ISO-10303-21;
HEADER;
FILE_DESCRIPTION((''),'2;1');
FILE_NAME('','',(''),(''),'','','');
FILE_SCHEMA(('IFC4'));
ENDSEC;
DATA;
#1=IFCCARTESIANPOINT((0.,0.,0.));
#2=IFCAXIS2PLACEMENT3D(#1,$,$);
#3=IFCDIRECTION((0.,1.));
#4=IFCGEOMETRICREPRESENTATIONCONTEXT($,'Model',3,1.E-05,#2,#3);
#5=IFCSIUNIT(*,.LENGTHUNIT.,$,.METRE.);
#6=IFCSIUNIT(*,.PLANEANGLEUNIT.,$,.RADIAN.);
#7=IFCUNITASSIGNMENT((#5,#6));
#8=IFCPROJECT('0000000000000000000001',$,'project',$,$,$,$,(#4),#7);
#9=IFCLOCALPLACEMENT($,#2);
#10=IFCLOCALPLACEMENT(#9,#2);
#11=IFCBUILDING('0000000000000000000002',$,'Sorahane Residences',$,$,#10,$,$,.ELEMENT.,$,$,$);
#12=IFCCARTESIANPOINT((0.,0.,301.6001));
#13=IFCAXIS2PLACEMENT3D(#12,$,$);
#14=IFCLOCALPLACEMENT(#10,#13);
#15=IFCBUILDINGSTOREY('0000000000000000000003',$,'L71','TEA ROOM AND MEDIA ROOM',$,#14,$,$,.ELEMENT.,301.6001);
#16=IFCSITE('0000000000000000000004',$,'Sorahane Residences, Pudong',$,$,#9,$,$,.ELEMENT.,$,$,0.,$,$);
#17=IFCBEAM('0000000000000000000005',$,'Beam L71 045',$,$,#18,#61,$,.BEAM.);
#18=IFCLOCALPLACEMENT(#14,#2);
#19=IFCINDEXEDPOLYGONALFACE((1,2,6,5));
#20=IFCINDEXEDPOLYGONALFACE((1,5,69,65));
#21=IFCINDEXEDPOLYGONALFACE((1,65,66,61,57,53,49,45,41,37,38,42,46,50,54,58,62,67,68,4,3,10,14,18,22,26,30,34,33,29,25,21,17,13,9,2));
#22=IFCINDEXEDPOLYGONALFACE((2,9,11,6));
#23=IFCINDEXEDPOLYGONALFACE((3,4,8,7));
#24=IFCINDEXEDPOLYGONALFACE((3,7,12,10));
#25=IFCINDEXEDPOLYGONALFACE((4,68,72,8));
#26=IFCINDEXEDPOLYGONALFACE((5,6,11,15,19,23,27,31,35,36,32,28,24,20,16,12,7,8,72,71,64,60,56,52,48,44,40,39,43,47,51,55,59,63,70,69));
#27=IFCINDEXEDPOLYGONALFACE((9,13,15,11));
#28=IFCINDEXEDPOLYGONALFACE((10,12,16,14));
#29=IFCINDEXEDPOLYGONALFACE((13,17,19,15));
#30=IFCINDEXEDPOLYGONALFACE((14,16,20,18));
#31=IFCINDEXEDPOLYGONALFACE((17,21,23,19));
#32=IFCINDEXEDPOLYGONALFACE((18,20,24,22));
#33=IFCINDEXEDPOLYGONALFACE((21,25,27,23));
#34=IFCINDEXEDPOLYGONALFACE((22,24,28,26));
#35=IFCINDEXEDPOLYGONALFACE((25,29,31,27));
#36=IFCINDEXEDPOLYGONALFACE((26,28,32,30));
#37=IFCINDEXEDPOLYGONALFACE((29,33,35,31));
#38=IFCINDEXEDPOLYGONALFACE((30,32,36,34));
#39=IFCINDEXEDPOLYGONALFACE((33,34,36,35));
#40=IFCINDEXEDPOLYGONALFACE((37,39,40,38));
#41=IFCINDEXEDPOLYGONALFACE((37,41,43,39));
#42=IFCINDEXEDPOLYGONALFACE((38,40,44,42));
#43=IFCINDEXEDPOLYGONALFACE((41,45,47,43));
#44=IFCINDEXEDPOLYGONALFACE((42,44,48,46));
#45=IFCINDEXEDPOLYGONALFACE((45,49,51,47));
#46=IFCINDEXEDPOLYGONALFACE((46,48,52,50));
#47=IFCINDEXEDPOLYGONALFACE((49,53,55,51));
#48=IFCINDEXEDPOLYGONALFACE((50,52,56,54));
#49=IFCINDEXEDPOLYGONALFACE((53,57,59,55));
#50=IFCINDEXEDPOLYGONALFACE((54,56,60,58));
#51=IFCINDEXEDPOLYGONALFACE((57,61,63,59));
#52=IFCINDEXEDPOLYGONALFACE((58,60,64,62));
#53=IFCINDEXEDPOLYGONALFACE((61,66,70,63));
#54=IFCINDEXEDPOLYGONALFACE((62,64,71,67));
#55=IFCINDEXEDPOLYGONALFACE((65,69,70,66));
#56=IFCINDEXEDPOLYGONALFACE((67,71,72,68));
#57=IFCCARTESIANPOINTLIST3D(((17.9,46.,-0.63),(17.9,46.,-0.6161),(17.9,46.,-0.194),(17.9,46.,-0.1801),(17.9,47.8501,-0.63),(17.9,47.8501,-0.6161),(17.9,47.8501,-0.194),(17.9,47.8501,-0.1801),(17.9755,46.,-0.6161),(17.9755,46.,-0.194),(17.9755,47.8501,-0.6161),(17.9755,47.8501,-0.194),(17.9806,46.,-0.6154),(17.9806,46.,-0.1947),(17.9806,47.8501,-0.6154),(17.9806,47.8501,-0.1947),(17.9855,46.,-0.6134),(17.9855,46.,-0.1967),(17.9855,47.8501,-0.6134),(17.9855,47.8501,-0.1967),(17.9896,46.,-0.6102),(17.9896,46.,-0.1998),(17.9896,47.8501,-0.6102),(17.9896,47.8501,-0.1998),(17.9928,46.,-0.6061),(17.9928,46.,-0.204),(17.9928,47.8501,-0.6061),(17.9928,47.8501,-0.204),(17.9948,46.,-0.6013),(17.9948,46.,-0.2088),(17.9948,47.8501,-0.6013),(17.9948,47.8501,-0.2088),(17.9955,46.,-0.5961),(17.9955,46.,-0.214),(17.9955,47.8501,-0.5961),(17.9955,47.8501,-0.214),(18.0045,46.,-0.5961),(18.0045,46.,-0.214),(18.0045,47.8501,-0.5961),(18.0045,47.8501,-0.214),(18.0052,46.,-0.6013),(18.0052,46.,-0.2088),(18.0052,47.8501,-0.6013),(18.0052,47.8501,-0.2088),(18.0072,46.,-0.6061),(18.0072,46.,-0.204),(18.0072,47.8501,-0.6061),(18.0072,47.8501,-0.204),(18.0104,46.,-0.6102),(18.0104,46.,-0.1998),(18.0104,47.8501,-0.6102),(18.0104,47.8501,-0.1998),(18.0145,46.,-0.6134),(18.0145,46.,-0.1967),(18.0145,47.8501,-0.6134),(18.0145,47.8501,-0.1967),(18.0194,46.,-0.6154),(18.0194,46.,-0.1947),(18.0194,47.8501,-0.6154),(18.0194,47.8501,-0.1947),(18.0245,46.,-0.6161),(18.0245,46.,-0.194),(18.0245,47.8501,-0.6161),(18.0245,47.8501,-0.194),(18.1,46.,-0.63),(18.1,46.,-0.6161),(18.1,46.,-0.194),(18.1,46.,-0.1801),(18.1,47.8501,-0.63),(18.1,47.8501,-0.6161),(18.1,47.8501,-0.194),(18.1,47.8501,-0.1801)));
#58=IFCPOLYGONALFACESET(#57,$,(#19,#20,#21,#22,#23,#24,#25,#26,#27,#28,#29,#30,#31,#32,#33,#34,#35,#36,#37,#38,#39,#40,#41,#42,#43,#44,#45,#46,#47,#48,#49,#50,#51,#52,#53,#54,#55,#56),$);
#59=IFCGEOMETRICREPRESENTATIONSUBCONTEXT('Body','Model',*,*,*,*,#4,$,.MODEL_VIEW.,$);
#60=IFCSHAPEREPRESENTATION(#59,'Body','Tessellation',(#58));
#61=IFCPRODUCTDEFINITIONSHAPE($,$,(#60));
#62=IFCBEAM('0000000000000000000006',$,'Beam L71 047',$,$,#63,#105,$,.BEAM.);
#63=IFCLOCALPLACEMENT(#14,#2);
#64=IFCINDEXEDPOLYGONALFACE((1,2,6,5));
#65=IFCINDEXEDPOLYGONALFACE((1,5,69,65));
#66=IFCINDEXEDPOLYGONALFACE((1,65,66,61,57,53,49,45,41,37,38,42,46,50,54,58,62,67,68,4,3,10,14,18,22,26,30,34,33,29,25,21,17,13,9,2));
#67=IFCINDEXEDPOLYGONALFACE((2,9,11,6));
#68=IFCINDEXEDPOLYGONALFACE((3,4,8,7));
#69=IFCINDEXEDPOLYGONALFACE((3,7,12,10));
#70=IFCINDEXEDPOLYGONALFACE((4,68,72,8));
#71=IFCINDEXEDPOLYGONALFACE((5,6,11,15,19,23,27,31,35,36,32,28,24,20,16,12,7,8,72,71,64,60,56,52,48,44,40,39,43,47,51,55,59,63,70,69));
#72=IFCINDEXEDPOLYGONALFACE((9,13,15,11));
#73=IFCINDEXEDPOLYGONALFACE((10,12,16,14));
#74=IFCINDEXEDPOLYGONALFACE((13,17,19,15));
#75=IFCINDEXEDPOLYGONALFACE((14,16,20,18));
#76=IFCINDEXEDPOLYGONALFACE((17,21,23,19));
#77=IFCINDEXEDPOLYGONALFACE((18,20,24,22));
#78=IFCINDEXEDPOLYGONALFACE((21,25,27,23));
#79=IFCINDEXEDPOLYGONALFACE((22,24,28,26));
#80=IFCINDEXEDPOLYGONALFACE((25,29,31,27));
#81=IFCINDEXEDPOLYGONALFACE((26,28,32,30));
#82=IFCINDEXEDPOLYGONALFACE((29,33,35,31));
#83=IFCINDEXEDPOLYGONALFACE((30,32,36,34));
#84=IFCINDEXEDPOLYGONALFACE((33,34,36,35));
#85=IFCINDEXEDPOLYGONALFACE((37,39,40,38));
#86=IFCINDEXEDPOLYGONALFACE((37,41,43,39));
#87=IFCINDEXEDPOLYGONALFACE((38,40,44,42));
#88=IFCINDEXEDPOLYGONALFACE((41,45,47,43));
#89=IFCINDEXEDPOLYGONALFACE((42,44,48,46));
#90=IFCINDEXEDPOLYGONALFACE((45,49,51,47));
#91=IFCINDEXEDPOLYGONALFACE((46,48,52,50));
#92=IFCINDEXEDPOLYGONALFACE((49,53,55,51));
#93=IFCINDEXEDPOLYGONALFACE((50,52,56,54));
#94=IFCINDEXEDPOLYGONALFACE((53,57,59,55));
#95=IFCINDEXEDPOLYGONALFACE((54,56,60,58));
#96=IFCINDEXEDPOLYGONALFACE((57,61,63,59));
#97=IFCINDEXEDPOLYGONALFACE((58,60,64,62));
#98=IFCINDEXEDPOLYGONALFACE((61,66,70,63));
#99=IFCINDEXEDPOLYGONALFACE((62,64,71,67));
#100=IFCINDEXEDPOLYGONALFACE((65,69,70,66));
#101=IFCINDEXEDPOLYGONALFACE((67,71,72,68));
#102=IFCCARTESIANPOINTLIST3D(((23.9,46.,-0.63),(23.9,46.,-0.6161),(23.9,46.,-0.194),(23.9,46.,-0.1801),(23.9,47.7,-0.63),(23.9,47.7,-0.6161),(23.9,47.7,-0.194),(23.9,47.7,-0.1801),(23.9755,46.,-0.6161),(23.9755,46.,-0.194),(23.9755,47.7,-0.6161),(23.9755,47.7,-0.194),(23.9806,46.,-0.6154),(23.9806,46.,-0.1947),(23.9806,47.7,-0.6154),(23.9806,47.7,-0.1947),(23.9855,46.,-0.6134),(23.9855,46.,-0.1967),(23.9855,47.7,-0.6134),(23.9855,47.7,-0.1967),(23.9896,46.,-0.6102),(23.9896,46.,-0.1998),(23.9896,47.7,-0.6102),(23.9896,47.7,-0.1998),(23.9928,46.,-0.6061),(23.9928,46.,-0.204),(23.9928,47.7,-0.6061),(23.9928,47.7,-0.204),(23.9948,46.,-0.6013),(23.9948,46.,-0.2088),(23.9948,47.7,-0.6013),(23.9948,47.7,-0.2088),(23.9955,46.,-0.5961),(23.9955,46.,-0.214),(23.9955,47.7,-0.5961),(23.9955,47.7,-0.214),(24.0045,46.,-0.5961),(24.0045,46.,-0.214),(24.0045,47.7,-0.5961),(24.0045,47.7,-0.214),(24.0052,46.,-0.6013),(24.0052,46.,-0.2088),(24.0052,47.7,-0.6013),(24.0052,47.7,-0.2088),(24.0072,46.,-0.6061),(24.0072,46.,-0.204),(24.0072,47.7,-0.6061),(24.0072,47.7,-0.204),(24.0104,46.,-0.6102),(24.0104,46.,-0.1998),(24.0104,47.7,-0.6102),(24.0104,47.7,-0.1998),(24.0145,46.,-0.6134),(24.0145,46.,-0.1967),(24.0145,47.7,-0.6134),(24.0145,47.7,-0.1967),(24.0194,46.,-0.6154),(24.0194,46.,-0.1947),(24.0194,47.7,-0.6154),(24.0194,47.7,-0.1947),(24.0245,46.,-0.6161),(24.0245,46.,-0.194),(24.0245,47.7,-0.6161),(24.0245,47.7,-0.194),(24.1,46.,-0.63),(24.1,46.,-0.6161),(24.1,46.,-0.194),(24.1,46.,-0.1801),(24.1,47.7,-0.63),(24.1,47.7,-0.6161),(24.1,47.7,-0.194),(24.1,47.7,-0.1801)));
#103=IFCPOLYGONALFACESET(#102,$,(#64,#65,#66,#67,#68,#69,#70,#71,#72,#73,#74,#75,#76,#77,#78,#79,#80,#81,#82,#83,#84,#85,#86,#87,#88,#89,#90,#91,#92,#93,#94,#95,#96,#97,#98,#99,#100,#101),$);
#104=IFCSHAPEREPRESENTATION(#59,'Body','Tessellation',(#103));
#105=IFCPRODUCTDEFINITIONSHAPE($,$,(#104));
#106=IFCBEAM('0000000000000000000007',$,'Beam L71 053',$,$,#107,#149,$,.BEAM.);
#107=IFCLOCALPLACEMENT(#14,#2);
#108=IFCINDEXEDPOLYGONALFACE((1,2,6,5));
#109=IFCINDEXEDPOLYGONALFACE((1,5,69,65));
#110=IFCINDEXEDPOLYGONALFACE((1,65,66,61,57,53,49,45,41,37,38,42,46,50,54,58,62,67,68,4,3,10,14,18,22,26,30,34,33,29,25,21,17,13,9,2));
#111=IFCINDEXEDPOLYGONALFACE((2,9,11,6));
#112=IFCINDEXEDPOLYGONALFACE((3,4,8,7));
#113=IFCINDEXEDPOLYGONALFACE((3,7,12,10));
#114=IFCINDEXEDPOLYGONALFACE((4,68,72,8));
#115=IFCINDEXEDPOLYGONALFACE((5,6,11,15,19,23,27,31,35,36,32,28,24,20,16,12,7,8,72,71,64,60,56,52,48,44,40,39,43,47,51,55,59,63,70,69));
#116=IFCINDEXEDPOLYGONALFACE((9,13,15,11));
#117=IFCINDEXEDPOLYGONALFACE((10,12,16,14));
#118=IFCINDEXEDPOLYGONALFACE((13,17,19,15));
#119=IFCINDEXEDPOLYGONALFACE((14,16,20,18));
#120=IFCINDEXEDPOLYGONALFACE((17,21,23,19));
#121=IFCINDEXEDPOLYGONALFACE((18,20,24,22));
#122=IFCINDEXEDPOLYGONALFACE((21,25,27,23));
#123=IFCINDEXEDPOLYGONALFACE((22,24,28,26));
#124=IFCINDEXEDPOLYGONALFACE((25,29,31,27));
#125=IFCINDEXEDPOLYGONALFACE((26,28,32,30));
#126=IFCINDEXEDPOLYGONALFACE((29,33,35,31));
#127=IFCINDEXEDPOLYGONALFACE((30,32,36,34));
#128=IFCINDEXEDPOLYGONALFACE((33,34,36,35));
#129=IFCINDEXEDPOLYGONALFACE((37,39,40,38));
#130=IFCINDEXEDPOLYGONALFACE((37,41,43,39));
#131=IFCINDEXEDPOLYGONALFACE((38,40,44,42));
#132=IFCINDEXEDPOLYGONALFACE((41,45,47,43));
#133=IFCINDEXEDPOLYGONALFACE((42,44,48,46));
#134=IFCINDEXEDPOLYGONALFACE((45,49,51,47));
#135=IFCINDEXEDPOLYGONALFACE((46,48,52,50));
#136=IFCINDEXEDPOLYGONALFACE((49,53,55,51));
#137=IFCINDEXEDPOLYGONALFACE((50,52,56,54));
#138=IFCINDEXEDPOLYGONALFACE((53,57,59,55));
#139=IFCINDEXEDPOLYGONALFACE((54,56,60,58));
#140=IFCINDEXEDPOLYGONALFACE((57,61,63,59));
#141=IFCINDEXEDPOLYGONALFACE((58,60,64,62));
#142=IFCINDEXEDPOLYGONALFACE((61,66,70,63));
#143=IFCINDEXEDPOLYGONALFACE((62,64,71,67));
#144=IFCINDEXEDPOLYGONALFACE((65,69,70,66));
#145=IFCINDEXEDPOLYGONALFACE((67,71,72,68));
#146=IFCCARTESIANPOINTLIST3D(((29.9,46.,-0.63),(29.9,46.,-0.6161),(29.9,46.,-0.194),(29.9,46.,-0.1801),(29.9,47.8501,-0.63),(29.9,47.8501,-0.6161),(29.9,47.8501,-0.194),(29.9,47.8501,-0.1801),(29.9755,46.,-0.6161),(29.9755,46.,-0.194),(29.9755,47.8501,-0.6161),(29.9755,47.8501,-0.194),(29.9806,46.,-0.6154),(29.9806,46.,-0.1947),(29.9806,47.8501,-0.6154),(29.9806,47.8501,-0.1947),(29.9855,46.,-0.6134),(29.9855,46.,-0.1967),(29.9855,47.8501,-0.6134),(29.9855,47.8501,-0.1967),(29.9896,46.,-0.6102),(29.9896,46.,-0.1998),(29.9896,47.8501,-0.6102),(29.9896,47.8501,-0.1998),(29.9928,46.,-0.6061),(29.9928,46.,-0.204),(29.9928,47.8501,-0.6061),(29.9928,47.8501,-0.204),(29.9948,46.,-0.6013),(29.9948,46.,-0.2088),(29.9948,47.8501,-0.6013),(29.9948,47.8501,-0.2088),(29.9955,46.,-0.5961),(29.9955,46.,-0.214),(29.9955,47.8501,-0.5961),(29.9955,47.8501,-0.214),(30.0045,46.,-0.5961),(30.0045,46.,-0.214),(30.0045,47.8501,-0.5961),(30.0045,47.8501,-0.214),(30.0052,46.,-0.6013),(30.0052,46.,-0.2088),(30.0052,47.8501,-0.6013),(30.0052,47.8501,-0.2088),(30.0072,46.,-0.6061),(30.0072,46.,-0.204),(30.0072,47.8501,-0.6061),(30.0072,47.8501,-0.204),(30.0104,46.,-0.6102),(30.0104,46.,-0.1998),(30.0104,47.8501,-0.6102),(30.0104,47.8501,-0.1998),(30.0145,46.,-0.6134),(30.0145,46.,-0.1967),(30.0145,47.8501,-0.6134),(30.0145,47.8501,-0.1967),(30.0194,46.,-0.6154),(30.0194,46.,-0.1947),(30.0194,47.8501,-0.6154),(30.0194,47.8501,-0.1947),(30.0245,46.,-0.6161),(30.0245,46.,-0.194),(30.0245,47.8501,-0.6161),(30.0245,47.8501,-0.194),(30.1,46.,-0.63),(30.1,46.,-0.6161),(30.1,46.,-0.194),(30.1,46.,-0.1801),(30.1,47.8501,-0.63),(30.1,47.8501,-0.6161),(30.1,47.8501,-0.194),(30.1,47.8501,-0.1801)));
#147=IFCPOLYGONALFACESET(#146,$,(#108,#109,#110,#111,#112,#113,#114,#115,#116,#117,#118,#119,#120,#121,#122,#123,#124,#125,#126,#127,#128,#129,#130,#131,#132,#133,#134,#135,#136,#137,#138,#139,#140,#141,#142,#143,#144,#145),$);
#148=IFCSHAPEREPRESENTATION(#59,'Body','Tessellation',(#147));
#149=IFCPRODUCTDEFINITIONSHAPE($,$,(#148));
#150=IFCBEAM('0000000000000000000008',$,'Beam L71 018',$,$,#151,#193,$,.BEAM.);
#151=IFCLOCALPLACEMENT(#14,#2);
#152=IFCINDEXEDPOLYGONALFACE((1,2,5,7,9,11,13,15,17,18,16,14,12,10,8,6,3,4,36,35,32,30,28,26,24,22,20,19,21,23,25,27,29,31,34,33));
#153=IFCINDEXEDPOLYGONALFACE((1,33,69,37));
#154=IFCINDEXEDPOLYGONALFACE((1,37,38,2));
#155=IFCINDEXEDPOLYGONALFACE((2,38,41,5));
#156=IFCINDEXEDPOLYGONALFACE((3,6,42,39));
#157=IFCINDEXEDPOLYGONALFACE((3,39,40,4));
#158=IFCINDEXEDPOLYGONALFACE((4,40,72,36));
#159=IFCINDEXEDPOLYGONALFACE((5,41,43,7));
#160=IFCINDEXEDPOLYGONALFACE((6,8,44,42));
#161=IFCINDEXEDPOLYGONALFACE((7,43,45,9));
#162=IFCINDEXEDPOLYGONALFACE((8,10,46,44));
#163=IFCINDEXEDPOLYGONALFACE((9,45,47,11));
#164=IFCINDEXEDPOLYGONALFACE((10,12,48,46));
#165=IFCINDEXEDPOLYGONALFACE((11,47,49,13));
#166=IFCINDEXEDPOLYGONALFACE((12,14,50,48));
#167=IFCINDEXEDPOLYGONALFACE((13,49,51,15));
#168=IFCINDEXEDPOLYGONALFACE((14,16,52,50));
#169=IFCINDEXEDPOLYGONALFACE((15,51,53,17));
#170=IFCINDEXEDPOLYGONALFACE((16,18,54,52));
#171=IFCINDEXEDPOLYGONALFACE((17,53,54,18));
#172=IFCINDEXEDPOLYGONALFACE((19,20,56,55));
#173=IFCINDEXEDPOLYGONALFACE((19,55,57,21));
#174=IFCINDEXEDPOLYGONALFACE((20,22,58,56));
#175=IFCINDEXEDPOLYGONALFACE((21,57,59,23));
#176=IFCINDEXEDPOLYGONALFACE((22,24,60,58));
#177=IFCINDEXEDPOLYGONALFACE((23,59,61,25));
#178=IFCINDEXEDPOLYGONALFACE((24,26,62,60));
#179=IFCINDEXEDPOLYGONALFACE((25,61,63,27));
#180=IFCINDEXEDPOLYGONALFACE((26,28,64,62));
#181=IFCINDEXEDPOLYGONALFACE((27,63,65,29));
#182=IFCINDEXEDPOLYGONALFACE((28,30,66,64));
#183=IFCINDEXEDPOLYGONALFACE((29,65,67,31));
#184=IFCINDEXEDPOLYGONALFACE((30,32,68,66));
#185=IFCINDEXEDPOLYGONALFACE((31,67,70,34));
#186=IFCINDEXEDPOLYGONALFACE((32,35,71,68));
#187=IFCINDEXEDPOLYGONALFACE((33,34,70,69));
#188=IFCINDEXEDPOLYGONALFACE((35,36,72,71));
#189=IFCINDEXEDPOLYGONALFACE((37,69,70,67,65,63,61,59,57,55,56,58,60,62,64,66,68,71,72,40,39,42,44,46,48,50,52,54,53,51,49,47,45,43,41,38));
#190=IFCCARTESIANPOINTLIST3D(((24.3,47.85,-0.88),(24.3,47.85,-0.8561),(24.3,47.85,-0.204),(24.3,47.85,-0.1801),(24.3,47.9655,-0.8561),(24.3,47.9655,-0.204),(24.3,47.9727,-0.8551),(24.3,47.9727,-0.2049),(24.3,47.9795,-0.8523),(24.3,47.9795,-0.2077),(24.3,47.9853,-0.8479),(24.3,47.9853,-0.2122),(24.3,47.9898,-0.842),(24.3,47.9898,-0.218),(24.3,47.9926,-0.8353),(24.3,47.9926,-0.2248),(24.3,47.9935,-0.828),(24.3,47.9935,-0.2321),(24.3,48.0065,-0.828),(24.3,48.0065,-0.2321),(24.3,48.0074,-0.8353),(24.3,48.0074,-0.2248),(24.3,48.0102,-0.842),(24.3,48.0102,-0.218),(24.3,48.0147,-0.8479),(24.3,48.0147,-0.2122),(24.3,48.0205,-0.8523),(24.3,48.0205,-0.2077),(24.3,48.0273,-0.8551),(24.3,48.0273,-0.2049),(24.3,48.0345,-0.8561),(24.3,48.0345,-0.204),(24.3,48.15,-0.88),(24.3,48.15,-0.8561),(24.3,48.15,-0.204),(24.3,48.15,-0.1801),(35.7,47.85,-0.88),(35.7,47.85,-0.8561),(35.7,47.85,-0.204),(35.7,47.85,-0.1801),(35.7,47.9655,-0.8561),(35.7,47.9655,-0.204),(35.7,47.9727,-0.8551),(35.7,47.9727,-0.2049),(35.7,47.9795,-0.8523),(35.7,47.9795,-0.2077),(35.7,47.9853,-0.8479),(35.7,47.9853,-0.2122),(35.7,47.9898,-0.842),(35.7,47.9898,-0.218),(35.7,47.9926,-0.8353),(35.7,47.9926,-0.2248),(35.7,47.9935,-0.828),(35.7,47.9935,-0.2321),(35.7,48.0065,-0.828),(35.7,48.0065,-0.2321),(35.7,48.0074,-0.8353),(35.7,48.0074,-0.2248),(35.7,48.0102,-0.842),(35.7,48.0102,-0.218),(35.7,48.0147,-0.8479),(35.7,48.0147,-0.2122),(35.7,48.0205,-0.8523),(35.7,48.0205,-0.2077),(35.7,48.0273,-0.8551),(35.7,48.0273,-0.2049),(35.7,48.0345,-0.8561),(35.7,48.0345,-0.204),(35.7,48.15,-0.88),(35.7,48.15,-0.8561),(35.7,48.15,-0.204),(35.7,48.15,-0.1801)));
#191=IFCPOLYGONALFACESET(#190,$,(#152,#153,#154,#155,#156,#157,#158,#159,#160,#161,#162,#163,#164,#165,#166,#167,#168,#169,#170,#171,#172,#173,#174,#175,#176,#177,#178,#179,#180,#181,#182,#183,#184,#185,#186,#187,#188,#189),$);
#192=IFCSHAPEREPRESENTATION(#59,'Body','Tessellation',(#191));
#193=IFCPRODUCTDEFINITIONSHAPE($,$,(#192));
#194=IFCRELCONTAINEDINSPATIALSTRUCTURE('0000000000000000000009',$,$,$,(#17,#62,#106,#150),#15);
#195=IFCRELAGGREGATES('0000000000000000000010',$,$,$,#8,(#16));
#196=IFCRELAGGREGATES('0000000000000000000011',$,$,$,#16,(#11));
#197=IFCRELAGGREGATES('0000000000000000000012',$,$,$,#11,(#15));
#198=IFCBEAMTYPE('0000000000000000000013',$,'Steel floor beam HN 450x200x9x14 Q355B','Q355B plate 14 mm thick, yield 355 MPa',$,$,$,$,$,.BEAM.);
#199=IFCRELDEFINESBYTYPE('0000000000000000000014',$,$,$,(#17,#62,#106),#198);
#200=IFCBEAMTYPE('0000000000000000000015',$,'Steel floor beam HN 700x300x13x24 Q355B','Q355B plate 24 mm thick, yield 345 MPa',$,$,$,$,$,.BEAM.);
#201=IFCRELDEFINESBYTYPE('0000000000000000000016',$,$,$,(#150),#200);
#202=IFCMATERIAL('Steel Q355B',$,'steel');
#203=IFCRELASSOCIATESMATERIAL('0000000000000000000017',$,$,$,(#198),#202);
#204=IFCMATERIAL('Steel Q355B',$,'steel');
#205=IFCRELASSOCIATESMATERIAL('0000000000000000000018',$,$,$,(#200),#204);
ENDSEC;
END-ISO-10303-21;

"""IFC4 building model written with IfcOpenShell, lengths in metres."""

from ifc_helpers import new_model, si_unit, direction, frame, origin, origin_2d, place, context, subcontext, project, spatial, i_section, extrude, material, material_profile, profile_set, type_object, element, save


model = new_model("IFC4")

# Units and contexts
model_context = context("Model", 3, precision=1e-05, world=origin(), true_north=direction((0.0, 1.0)))
body_context = subcontext(model_context, "Body", "Model", "MODEL_VIEW")
ifc_project = project(units=[si_unit("LENGTHUNIT", "METRE"), si_unit("PLANEANGLEUNIT", "RADIAN")], contexts=[model_context])

# Site, building, storey
site_placement = place(None, origin())
site = spatial("IfcSite", under=ifc_project, at=site_placement, Name="Sorahane Residences, Pudong", CompositionType="ELEMENT", RefElevation=0.0)
building_placement = place(site_placement, origin())
building = spatial("IfcBuilding", under=site, at=building_placement, Name="Sorahane Residences", CompositionType="ELEMENT")
storey_placement = place(building_placement, frame((0.0, 0.0, 301.6001)))
storey = spatial("IfcBuildingStorey", under=building, at=storey_placement, Name="L71", Description="TEA ROOM AND MEDIA ROOM", CompositionType="ELEMENT", Elevation=301.6001)

# Beams
ifc_material_1 = material(Name="Steel Q355B", Category="steel")
ifc_material_profile_1 = material_profile(ifc_material_1, i_section(OverallWidth=0.2, OverallDepth=0.45, WebThickness=0.009, FlangeThickness=0.0139, FilletRadius=0.02, at=origin_2d()), Name="HN 450x200x9x14")
ifc_profile_set_1 = profile_set([ifc_material_profile_1], Name="Steel Q355B")
beam_type_1 = type_object("IfcBeamType", Name="Steel floor beam HN 450x200x9x14 Q355B", Description="Q355B plate 14 mm thick, yield 355 MPa", PredefinedType="BEAM", material=ifc_profile_set_1)
beam_1_placement = place(storey_placement, frame((18.0, 46.0, -0.405), z_axis=(0.0, 1.0, 0.0), x_axis=(-1.0, 0.0, 0.0)))
element("IfcBeam", 1, at=beam_1_placement, inside=storey, type_object=beam_type_1, Name="Beam L71 045", PredefinedType="BEAM", context=body_context, shape_type="SweptSolid", body=[
    extrude(i_section(OverallWidth=0.2, OverallDepth=0.45, WebThickness=0.009, FlangeThickness=0.0139, FilletRadius=0.02, at=origin_2d()), origin(), (0.0, 0.0, 1.0), 1.8501),
])
beam_2_placement = place(storey_placement, frame((24.0, 46.0, -0.405), z_axis=(0.0, 1.0, 0.0), x_axis=(-1.0, 0.0, 0.0)))
element("IfcBeam", 2, at=beam_2_placement, inside=storey, type_object=beam_type_1, Name="Beam L71 047", PredefinedType="BEAM", context=body_context, shape_type="SweptSolid", body=[
    extrude(i_section(OverallWidth=0.2, OverallDepth=0.45, WebThickness=0.009, FlangeThickness=0.0139, FilletRadius=0.02, at=origin_2d()), origin(), (0.0, 0.0, 1.0), 1.7),
])
beam_3_placement = place(storey_placement, frame((30.0, 46.0, -0.405), z_axis=(0.0, 1.0, 0.0), x_axis=(-1.0, 0.0, 0.0)))
element("IfcBeam", 3, at=beam_3_placement, inside=storey, type_object=beam_type_1, Name="Beam L71 053", PredefinedType="BEAM", context=body_context, shape_type="SweptSolid", body=[
    extrude(i_section(OverallWidth=0.2, OverallDepth=0.45, WebThickness=0.009, FlangeThickness=0.0139, FilletRadius=0.02, at=origin_2d()), origin(), (0.0, 0.0, 1.0), 1.8501),
])
ifc_material_2 = material(Name="Steel Q355B", Category="steel")
ifc_material_profile_2 = material_profile(ifc_material_2, i_section(OverallWidth=0.3, OverallDepth=0.7, WebThickness=0.0129, FlangeThickness=0.0239, FilletRadius=0.0281, at=origin_2d()), Name="HN 700x300x13x24")
ifc_profile_set_2 = profile_set([ifc_material_profile_2], Name="Steel Q355B")
beam_type_2 = type_object("IfcBeamType", Name="Steel floor beam HN 700x300x13x24 Q355B", Description="Q355B plate 24 mm thick, yield 345 MPa", PredefinedType="BEAM", material=ifc_profile_set_2)
beam_4_placement = place(storey_placement, frame((24.3, 48.0, -0.53), z_axis=(1.0, 0.0, 0.0), x_axis=(0.0, 1.0, 0.0)))
element("IfcBeam", 4, at=beam_4_placement, inside=storey, type_object=beam_type_2, Name="Beam L71 018", PredefinedType="BEAM", context=body_context, shape_type="SweptSolid", body=[
    extrude(i_section(OverallWidth=0.3, OverallDepth=0.7, WebThickness=0.0129, FlangeThickness=0.0239, FilletRadius=0.0281, at=origin_2d()), origin(), (0.0, 0.0, 1.0), 11.3999),
])

save(model, "model.ifc")
